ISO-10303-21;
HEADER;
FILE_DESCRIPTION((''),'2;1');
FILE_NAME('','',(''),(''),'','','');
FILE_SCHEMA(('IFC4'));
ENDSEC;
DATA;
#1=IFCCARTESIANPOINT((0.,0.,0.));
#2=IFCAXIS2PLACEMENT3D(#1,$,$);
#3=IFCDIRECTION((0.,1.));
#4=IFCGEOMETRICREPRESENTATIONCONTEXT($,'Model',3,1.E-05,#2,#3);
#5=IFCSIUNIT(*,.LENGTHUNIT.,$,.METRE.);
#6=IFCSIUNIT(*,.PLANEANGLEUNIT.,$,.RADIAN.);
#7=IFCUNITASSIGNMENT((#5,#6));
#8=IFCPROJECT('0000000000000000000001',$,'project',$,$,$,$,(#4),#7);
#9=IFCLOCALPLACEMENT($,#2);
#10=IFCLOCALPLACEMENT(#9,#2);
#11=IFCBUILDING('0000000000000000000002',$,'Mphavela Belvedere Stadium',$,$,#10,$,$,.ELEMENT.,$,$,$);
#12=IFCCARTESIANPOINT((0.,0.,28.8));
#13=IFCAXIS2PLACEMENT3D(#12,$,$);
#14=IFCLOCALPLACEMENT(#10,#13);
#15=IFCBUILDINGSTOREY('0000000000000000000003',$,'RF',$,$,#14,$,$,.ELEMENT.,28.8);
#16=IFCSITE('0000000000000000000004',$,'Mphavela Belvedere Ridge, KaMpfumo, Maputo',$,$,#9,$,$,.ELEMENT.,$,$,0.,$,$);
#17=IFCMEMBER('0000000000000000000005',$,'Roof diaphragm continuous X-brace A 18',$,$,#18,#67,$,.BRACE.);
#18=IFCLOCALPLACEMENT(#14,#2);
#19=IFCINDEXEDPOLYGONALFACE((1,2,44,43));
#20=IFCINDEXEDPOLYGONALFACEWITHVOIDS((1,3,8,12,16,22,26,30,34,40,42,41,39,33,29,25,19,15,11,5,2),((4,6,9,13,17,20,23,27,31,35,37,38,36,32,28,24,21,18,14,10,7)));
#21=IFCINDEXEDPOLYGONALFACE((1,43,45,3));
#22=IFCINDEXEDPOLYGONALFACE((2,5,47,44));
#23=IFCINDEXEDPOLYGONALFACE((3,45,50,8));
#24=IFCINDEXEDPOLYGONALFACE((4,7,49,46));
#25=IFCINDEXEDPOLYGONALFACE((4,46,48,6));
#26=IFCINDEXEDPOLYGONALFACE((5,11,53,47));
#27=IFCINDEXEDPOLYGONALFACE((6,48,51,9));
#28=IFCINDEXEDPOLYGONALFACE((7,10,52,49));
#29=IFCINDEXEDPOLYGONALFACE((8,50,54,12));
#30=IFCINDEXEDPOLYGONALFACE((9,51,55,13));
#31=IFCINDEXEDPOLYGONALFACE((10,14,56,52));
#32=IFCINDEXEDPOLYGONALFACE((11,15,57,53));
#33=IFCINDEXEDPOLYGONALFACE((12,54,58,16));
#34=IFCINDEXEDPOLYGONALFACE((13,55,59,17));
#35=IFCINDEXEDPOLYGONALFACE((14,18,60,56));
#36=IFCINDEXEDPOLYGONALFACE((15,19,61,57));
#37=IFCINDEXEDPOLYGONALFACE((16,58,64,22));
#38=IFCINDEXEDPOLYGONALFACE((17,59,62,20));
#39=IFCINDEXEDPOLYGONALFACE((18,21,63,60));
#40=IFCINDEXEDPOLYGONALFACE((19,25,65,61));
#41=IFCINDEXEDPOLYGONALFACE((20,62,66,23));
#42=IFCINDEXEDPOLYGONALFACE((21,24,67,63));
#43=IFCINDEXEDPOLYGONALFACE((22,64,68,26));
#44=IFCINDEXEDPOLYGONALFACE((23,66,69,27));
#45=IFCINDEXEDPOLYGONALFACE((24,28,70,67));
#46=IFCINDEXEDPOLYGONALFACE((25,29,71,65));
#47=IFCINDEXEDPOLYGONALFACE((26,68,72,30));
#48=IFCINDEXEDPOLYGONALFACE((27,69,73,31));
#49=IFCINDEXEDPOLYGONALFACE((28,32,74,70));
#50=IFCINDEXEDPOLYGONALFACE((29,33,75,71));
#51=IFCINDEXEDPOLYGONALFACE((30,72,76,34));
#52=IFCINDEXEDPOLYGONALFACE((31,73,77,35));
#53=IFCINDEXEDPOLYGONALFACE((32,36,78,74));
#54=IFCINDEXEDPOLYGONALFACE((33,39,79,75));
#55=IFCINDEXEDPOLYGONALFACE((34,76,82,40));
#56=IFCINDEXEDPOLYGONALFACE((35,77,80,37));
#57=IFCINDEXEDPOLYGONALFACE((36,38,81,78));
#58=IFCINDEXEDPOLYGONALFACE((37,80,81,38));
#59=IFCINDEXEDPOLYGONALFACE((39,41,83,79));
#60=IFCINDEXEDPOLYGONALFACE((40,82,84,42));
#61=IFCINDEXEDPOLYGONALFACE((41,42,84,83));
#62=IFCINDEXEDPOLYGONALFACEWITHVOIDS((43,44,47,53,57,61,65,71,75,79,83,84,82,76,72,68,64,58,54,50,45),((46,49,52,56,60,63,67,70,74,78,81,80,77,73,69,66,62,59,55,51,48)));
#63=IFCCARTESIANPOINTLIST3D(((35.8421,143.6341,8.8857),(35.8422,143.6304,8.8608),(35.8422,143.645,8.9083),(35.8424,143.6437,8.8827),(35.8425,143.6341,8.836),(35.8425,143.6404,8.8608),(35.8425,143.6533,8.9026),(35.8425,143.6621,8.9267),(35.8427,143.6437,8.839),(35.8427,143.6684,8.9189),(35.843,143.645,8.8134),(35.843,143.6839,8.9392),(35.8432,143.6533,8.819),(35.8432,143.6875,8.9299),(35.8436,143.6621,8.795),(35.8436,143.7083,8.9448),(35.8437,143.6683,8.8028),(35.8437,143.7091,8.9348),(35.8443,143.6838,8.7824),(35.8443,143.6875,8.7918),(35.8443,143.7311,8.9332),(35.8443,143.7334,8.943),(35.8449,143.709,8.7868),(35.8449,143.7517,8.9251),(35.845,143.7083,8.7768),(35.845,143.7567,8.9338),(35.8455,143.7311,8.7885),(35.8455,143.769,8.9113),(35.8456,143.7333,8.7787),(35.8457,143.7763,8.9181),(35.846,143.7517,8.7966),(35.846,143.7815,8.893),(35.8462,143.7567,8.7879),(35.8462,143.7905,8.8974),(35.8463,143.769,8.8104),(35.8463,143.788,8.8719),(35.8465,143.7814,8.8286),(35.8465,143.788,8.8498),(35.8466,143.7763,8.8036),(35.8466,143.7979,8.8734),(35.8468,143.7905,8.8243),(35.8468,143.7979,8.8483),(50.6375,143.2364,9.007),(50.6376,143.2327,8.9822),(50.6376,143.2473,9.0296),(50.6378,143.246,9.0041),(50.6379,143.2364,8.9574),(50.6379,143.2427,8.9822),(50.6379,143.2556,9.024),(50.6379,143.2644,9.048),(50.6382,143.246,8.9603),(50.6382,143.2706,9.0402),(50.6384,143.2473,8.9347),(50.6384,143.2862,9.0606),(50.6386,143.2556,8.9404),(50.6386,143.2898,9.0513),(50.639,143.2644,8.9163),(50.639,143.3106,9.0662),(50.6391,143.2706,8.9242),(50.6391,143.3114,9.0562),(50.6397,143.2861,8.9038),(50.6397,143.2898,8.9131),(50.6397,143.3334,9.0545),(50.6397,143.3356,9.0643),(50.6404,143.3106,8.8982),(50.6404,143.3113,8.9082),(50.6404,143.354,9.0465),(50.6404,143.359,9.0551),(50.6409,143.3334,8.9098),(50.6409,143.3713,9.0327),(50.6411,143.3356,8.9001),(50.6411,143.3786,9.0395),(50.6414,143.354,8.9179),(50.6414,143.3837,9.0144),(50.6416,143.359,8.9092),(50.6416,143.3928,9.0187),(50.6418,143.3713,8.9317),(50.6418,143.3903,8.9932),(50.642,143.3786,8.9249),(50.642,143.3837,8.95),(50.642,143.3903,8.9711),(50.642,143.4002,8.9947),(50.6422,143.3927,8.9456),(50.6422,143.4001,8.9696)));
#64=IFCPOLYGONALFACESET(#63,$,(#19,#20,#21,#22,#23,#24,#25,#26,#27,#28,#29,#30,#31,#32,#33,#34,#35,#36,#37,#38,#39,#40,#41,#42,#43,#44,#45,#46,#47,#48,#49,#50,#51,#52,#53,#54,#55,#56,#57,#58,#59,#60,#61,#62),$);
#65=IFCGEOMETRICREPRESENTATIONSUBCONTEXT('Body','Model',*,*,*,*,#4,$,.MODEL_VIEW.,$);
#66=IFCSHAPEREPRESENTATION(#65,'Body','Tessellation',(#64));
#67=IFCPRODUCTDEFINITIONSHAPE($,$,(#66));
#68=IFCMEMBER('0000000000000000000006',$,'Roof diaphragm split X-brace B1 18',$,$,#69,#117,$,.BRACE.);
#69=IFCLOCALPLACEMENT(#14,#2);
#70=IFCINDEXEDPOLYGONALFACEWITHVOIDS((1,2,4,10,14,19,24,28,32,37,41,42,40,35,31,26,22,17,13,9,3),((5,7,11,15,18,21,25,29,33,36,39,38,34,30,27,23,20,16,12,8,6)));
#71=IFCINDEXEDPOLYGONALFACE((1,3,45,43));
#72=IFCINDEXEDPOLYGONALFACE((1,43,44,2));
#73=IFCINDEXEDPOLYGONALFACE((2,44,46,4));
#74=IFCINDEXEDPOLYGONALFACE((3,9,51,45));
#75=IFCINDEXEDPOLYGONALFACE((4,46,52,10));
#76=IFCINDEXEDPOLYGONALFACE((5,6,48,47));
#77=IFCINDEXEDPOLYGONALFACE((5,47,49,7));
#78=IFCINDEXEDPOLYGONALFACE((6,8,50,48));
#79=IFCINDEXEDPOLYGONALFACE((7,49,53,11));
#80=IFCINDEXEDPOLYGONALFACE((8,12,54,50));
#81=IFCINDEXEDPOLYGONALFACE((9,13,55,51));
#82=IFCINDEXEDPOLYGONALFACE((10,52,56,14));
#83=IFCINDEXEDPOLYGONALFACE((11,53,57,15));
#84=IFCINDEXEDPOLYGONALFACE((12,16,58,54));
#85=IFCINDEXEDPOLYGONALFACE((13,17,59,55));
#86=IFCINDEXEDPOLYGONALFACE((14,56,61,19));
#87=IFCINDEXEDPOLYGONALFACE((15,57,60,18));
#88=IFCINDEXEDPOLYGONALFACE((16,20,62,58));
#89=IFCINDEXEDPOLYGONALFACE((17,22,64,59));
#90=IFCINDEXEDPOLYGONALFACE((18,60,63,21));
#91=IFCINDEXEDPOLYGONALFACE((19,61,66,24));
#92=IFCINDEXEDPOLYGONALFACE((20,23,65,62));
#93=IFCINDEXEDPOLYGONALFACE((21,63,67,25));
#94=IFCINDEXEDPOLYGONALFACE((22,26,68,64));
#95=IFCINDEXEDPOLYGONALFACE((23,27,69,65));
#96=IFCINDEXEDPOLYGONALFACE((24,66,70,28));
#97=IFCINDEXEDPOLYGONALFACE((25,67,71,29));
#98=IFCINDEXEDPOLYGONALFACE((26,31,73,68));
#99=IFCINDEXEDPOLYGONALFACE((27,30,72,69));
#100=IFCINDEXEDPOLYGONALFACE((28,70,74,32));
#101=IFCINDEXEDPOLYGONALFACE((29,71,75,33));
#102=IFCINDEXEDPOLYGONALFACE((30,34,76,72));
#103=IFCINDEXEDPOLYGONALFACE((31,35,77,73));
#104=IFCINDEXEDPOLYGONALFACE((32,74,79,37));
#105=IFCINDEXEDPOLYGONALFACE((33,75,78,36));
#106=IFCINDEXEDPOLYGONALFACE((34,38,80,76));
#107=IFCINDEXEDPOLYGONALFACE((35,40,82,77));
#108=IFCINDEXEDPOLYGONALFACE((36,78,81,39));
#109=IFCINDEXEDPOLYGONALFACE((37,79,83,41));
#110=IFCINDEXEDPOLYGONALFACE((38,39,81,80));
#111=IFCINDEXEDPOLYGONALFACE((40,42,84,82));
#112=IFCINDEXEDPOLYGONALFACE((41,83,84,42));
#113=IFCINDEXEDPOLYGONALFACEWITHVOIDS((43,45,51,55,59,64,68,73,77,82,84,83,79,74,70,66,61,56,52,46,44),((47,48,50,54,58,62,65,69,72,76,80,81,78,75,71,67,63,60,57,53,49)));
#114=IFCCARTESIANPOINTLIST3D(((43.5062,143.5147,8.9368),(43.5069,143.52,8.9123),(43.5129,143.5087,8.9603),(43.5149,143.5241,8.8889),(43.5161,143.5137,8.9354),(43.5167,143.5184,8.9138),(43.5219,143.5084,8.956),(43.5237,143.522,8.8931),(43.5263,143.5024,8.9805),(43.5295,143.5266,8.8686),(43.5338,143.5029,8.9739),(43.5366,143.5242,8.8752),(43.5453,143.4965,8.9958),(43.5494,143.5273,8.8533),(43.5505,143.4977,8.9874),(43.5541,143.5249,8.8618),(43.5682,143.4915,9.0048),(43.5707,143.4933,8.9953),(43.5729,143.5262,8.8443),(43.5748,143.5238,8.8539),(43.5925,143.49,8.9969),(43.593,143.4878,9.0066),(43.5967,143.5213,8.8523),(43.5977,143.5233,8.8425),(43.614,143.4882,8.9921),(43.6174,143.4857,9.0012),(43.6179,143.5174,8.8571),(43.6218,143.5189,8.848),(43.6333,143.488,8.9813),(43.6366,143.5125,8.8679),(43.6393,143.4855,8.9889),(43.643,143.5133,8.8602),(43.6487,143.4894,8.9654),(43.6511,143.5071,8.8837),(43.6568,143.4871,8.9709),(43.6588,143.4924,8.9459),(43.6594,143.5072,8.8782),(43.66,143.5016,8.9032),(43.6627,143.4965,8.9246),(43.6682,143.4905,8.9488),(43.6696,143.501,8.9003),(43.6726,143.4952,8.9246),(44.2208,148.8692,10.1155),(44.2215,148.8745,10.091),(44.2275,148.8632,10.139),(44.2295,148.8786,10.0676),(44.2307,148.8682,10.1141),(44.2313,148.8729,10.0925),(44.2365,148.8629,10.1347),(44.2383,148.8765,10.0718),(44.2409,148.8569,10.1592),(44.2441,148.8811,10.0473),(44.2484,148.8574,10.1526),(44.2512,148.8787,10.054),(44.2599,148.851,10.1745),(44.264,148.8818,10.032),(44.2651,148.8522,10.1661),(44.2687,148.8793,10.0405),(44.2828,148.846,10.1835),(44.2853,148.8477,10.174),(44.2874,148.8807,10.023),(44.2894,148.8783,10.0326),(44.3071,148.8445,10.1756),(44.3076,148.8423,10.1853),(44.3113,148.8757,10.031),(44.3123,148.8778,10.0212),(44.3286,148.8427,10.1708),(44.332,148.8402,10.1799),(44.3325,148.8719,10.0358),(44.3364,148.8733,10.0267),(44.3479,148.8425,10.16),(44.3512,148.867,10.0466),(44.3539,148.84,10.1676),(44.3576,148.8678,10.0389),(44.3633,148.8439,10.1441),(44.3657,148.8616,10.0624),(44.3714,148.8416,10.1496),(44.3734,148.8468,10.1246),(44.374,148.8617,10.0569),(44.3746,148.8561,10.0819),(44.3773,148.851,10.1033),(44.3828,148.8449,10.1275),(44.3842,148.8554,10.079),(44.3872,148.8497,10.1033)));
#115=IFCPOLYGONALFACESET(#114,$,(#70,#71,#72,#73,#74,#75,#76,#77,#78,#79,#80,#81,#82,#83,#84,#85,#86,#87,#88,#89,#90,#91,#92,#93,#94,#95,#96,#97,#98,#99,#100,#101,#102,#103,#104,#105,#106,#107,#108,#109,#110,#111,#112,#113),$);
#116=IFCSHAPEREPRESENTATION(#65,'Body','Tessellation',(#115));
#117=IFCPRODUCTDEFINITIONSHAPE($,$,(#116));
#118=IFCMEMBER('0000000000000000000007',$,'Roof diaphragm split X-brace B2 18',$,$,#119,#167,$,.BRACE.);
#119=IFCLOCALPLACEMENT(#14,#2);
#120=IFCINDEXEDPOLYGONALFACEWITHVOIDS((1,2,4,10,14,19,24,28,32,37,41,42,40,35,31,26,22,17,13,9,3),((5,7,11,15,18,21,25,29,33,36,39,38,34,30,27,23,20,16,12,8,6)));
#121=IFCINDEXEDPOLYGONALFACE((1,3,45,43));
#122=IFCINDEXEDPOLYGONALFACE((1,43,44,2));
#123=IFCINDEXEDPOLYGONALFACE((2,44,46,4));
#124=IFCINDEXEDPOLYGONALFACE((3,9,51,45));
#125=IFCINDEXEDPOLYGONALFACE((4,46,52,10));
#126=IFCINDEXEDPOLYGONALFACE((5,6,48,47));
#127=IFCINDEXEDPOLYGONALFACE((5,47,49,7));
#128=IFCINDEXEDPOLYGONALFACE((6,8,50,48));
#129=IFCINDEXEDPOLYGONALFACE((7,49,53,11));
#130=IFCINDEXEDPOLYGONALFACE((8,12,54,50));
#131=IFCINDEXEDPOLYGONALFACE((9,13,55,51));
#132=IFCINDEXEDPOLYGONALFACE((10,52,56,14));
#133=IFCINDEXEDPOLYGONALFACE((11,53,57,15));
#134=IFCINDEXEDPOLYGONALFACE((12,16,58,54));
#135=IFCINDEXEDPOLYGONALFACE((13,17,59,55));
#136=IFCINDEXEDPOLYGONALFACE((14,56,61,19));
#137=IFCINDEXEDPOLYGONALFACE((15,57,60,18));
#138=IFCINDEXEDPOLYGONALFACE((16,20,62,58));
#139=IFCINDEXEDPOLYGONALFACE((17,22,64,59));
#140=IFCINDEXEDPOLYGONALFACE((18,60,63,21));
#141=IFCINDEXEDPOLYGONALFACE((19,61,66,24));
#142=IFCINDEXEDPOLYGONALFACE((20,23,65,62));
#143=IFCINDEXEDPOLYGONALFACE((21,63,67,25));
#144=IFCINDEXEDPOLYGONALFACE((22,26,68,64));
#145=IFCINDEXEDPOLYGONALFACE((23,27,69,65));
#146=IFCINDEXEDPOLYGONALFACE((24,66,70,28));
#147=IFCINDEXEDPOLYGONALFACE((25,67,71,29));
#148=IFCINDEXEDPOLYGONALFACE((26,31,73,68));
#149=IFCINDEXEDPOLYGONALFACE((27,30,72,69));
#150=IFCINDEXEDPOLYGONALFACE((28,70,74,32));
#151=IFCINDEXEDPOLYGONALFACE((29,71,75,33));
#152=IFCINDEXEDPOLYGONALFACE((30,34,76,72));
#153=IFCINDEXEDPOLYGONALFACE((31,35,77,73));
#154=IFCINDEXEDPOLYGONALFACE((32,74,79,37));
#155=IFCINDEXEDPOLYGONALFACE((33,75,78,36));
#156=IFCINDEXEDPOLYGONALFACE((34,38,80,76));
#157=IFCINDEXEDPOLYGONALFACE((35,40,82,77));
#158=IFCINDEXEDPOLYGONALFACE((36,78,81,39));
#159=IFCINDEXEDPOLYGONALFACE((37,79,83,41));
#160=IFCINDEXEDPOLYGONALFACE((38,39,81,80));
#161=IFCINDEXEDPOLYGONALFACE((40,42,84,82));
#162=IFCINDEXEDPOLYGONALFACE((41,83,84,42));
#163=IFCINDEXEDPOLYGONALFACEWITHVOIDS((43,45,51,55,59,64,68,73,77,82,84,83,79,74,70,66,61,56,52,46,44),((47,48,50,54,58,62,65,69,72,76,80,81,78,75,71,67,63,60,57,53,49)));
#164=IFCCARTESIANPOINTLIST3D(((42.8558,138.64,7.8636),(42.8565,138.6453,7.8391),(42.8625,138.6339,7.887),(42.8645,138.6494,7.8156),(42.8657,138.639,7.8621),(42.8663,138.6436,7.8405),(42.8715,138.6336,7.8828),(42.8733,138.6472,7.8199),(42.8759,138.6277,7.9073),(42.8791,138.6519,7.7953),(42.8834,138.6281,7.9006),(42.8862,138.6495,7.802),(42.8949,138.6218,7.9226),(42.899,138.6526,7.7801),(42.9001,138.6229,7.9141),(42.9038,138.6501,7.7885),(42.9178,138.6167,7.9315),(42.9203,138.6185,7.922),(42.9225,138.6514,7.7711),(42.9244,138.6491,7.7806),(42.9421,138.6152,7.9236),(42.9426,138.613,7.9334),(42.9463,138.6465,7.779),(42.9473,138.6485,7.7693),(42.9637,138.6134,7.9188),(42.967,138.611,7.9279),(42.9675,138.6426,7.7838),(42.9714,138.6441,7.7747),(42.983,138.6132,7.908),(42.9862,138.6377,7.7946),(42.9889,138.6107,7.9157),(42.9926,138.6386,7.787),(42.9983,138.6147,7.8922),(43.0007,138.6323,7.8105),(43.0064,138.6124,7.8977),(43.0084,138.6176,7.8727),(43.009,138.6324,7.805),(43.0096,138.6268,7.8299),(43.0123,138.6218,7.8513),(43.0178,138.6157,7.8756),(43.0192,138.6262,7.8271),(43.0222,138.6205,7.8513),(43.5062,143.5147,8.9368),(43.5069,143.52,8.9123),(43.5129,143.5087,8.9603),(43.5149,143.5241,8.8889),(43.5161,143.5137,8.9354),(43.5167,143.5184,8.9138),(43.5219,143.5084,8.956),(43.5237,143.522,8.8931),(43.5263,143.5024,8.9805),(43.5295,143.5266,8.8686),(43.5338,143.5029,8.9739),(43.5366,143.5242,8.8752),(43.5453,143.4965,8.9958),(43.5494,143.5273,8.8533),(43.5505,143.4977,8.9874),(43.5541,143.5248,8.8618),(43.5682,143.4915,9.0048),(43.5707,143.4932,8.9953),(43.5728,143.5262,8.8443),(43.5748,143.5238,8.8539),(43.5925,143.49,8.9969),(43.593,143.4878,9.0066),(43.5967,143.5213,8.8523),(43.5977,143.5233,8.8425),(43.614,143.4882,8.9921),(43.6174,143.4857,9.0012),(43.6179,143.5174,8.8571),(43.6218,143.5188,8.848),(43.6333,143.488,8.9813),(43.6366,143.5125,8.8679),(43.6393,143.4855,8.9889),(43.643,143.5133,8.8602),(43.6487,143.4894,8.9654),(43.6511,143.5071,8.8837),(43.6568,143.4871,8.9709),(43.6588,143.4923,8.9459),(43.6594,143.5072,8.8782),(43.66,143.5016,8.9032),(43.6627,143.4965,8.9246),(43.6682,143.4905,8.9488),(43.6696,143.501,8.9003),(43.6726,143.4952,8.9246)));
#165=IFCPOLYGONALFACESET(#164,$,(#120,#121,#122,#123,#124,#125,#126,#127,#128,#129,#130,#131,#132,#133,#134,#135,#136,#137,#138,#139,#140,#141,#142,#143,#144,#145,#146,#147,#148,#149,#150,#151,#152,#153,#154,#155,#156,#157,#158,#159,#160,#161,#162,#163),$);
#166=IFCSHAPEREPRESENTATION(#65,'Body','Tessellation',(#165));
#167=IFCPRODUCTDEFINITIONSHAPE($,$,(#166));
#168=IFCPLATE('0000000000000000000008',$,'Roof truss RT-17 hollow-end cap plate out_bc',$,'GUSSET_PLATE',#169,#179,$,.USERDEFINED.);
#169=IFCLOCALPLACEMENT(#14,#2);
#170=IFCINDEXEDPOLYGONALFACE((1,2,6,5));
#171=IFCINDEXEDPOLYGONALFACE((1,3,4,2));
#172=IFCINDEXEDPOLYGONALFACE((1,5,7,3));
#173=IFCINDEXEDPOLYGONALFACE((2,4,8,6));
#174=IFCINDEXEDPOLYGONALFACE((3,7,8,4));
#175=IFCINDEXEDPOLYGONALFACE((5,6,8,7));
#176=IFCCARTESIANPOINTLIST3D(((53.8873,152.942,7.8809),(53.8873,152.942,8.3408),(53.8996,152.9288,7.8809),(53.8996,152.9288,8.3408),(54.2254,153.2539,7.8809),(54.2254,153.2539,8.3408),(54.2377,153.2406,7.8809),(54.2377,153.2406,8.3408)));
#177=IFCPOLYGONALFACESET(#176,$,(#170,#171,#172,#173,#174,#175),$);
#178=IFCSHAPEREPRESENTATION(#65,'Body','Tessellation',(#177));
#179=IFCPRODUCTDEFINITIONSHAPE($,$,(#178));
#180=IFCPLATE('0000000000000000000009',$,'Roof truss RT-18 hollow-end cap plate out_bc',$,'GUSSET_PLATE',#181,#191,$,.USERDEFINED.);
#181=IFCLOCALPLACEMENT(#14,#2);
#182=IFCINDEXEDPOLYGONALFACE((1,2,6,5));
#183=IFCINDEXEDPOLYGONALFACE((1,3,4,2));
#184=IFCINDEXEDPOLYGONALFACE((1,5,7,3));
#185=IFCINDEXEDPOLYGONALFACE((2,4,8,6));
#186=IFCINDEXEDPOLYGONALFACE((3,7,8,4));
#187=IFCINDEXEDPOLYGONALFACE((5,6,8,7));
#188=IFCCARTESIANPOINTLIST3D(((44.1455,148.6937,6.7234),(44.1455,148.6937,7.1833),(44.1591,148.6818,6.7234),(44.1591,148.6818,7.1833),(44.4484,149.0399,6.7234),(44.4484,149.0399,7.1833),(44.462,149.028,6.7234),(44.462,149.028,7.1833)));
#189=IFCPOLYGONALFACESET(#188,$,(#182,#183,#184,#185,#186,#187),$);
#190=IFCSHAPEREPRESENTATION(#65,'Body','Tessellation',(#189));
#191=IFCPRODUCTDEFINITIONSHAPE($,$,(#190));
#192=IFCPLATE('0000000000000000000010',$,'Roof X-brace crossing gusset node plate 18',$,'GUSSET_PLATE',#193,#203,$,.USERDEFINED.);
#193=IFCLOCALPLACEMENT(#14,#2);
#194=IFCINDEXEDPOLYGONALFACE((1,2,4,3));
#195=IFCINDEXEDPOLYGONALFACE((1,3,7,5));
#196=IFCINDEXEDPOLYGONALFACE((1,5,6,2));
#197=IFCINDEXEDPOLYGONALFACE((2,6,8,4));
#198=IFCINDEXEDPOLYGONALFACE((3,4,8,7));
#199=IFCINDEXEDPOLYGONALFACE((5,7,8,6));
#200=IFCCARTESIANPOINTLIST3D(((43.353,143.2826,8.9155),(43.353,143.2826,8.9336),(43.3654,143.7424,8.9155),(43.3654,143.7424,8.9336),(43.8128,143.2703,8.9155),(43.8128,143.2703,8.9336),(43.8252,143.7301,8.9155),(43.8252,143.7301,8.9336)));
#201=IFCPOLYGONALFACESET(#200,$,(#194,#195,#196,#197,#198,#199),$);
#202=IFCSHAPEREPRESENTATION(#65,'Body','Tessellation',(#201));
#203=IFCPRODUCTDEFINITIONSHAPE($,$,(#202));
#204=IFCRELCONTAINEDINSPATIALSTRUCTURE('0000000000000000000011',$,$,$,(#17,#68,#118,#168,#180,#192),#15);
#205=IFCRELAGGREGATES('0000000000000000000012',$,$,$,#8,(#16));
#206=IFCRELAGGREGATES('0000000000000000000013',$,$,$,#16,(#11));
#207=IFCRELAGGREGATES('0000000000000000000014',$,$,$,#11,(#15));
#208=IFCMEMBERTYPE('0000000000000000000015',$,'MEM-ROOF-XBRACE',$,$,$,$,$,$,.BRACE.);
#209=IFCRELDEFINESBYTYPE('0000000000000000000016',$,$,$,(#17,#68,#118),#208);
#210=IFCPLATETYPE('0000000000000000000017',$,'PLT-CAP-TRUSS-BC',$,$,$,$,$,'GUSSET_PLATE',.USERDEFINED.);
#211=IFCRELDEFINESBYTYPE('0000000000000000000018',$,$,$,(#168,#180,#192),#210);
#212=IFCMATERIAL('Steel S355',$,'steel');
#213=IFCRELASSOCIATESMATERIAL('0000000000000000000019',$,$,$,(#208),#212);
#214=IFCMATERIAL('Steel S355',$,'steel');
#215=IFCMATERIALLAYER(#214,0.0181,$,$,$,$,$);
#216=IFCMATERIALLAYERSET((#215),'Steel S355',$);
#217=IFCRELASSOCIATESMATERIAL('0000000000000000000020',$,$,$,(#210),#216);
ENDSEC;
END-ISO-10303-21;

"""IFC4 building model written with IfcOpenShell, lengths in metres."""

from ifc_helpers import new_model, si_unit, direction, frame, origin, origin_2d, place, context, subcontext, project, spatial, rectangle, hollow_circle, extrude, material, layer, layer_set, material_profile, profile_set, type_object, element, save


model = new_model("IFC4")

# Units and contexts
model_context = context("Model", 3, precision=1e-05, world=origin(), true_north=direction((0.0, 1.0)))
body_context = subcontext(model_context, "Body", "Model", "MODEL_VIEW")
ifc_project = project(units=[si_unit("LENGTHUNIT", "METRE"), si_unit("PLANEANGLEUNIT", "RADIAN")], contexts=[model_context])

# Site, building, storey
site_placement = place(None, origin())
site = spatial("IfcSite", under=ifc_project, at=site_placement, Name="Mphavela Belvedere Ridge, KaMpfumo, Maputo", CompositionType="ELEMENT", RefElevation=0.0)
building_placement = place(site_placement, origin())
building = spatial("IfcBuilding", under=site, at=building_placement, Name="Mphavela Belvedere Stadium", CompositionType="ELEMENT")
storey_placement = place(building_placement, frame((0.0, 0.0, 28.8)))
storey = spatial("IfcBuildingStorey", under=building, at=storey_placement, Name="RF", CompositionType="ELEMENT", Elevation=28.8)

# Members
ifc_material_1 = material(Name="Steel S355", Category="steel")
ifc_material_profile_1 = material_profile(ifc_material_1, hollow_circle(Radius=0.0842, WallThickness=0.01, at=origin_2d()), Name="CHS 168.3x10")
ifc_profile_set_1 = profile_set([ifc_material_profile_1], Name="Steel S355")
member_type_1 = type_object("IfcMemberType", Name="MEM-ROOF-XBRACE", PredefinedType="BRACE", material=ifc_profile_set_1)
member_1_placement = place(storey_placement, frame((50.6399, 143.3169, 8.9822), z_axis=(-0.999605, 0.02687, -0.008198), x_axis=(-0.026871, -0.999639, 0.0)))
element("IfcMember", 1, at=member_1_placement, inside=storey, type_object=member_type_1, Name="Roof diaphragm continuous X-brace A 18", PredefinedType="BRACE", context=body_context, shape_type="SweptSolid", body=[
    extrude(hollow_circle(Radius=0.0842, WallThickness=0.01, at=origin_2d()), origin(), (0.0, 0.0, 1.0), 14.8013),
])
member_2_placement = place(storey_placement, frame((44.3037, 148.8608, 10.1033), z_axis=(-0.129244, -0.968426, -0.213184), x_axis=(0.991212, -0.132285, 0.0)))
element("IfcMember", 2, at=member_2_placement, inside=storey, type_object=member_type_1, Name="Roof diaphragm split X-brace B1 18", PredefinedType="BRACE", context=body_context, shape_type="SweptSolid", body=[
    extrude(hollow_circle(Radius=0.0842, WallThickness=0.01, at=origin_2d()), origin(), (0.0, 0.0, 1.0), 5.5291),
])
member_3_placement = place(storey_placement, frame((43.5891, 143.5063, 8.9246), z_axis=(-0.129207, -0.968425, -0.213212), x_axis=(0.991217, -0.132248, 0.0)))
element("IfcMember", 3, at=member_3_placement, inside=storey, type_object=member_type_1, Name="Roof diaphragm split X-brace B2 18", PredefinedType="BRACE", context=body_context, shape_type="SweptSolid", body=[
    extrude(hollow_circle(Radius=0.0842, WallThickness=0.01, at=origin_2d()), origin(), (0.0, 0.0, 1.0), 5.0337),
])

# Plates
ifc_material_2 = material(Name="Steel S355", Category="steel")
ifc_layer_1 = layer(ifc_material_2, 0.0181)
ifc_layer_set_1 = layer_set([ifc_layer_1], Name="Steel S355")
plate_type_1 = type_object("IfcPlateType", Name="PLT-CAP-TRUSS-BC", ElementType="GUSSET_PLATE", PredefinedType="USERDEFINED", material=ifc_layer_set_1)
for number, where, z_axis, x_axis, name in (
    (4, (54.0625, 153.0913, 7.8809), (0.0, 0.0, 1.0), (-0.677903, 0.735151, 0.0), "Roof truss RT-17 hollow-end cap plate out_bc"),
    (5, (44.3037, 148.8608, 6.7234), (0.0, 0.0, 1.0), (-0.75253, 0.658558, 0.0), "Roof truss RT-18 hollow-end cap plate out_bc"),
):
    element("IfcPlate", number, at=place(storey_placement, frame(where, z_axis=z_axis, x_axis=x_axis)), inside=storey, type_object=plate_type_1, Name=name, ObjectType="GUSSET_PLATE", PredefinedType="USERDEFINED", context=body_context, shape_type="SweptSolid", body=[
        extrude(rectangle(XDim=0.0181, YDim=0.46, at=origin_2d()), origin(), (0.0, 0.0, 1.0), 0.46),
    ])
plate_placement = place(storey_placement, frame((43.5891, 143.5063, 8.9155), z_axis=(0.0, 0.0, 1.0), x_axis=(-0.999639, 0.026875, 0.0)))
element("IfcPlate", 6, at=plate_placement, inside=storey, type_object=plate_type_1, Name="Roof X-brace crossing gusset node plate 18", ObjectType="GUSSET_PLATE", PredefinedType="USERDEFINED", context=body_context, shape_type="SweptSolid", body=[
    extrude(rectangle(XDim=0.46, YDim=0.46, at=origin_2d()), origin(), (0.0, 0.0, 1.0), 0.0181),
])

save(model, "model.ifc")
